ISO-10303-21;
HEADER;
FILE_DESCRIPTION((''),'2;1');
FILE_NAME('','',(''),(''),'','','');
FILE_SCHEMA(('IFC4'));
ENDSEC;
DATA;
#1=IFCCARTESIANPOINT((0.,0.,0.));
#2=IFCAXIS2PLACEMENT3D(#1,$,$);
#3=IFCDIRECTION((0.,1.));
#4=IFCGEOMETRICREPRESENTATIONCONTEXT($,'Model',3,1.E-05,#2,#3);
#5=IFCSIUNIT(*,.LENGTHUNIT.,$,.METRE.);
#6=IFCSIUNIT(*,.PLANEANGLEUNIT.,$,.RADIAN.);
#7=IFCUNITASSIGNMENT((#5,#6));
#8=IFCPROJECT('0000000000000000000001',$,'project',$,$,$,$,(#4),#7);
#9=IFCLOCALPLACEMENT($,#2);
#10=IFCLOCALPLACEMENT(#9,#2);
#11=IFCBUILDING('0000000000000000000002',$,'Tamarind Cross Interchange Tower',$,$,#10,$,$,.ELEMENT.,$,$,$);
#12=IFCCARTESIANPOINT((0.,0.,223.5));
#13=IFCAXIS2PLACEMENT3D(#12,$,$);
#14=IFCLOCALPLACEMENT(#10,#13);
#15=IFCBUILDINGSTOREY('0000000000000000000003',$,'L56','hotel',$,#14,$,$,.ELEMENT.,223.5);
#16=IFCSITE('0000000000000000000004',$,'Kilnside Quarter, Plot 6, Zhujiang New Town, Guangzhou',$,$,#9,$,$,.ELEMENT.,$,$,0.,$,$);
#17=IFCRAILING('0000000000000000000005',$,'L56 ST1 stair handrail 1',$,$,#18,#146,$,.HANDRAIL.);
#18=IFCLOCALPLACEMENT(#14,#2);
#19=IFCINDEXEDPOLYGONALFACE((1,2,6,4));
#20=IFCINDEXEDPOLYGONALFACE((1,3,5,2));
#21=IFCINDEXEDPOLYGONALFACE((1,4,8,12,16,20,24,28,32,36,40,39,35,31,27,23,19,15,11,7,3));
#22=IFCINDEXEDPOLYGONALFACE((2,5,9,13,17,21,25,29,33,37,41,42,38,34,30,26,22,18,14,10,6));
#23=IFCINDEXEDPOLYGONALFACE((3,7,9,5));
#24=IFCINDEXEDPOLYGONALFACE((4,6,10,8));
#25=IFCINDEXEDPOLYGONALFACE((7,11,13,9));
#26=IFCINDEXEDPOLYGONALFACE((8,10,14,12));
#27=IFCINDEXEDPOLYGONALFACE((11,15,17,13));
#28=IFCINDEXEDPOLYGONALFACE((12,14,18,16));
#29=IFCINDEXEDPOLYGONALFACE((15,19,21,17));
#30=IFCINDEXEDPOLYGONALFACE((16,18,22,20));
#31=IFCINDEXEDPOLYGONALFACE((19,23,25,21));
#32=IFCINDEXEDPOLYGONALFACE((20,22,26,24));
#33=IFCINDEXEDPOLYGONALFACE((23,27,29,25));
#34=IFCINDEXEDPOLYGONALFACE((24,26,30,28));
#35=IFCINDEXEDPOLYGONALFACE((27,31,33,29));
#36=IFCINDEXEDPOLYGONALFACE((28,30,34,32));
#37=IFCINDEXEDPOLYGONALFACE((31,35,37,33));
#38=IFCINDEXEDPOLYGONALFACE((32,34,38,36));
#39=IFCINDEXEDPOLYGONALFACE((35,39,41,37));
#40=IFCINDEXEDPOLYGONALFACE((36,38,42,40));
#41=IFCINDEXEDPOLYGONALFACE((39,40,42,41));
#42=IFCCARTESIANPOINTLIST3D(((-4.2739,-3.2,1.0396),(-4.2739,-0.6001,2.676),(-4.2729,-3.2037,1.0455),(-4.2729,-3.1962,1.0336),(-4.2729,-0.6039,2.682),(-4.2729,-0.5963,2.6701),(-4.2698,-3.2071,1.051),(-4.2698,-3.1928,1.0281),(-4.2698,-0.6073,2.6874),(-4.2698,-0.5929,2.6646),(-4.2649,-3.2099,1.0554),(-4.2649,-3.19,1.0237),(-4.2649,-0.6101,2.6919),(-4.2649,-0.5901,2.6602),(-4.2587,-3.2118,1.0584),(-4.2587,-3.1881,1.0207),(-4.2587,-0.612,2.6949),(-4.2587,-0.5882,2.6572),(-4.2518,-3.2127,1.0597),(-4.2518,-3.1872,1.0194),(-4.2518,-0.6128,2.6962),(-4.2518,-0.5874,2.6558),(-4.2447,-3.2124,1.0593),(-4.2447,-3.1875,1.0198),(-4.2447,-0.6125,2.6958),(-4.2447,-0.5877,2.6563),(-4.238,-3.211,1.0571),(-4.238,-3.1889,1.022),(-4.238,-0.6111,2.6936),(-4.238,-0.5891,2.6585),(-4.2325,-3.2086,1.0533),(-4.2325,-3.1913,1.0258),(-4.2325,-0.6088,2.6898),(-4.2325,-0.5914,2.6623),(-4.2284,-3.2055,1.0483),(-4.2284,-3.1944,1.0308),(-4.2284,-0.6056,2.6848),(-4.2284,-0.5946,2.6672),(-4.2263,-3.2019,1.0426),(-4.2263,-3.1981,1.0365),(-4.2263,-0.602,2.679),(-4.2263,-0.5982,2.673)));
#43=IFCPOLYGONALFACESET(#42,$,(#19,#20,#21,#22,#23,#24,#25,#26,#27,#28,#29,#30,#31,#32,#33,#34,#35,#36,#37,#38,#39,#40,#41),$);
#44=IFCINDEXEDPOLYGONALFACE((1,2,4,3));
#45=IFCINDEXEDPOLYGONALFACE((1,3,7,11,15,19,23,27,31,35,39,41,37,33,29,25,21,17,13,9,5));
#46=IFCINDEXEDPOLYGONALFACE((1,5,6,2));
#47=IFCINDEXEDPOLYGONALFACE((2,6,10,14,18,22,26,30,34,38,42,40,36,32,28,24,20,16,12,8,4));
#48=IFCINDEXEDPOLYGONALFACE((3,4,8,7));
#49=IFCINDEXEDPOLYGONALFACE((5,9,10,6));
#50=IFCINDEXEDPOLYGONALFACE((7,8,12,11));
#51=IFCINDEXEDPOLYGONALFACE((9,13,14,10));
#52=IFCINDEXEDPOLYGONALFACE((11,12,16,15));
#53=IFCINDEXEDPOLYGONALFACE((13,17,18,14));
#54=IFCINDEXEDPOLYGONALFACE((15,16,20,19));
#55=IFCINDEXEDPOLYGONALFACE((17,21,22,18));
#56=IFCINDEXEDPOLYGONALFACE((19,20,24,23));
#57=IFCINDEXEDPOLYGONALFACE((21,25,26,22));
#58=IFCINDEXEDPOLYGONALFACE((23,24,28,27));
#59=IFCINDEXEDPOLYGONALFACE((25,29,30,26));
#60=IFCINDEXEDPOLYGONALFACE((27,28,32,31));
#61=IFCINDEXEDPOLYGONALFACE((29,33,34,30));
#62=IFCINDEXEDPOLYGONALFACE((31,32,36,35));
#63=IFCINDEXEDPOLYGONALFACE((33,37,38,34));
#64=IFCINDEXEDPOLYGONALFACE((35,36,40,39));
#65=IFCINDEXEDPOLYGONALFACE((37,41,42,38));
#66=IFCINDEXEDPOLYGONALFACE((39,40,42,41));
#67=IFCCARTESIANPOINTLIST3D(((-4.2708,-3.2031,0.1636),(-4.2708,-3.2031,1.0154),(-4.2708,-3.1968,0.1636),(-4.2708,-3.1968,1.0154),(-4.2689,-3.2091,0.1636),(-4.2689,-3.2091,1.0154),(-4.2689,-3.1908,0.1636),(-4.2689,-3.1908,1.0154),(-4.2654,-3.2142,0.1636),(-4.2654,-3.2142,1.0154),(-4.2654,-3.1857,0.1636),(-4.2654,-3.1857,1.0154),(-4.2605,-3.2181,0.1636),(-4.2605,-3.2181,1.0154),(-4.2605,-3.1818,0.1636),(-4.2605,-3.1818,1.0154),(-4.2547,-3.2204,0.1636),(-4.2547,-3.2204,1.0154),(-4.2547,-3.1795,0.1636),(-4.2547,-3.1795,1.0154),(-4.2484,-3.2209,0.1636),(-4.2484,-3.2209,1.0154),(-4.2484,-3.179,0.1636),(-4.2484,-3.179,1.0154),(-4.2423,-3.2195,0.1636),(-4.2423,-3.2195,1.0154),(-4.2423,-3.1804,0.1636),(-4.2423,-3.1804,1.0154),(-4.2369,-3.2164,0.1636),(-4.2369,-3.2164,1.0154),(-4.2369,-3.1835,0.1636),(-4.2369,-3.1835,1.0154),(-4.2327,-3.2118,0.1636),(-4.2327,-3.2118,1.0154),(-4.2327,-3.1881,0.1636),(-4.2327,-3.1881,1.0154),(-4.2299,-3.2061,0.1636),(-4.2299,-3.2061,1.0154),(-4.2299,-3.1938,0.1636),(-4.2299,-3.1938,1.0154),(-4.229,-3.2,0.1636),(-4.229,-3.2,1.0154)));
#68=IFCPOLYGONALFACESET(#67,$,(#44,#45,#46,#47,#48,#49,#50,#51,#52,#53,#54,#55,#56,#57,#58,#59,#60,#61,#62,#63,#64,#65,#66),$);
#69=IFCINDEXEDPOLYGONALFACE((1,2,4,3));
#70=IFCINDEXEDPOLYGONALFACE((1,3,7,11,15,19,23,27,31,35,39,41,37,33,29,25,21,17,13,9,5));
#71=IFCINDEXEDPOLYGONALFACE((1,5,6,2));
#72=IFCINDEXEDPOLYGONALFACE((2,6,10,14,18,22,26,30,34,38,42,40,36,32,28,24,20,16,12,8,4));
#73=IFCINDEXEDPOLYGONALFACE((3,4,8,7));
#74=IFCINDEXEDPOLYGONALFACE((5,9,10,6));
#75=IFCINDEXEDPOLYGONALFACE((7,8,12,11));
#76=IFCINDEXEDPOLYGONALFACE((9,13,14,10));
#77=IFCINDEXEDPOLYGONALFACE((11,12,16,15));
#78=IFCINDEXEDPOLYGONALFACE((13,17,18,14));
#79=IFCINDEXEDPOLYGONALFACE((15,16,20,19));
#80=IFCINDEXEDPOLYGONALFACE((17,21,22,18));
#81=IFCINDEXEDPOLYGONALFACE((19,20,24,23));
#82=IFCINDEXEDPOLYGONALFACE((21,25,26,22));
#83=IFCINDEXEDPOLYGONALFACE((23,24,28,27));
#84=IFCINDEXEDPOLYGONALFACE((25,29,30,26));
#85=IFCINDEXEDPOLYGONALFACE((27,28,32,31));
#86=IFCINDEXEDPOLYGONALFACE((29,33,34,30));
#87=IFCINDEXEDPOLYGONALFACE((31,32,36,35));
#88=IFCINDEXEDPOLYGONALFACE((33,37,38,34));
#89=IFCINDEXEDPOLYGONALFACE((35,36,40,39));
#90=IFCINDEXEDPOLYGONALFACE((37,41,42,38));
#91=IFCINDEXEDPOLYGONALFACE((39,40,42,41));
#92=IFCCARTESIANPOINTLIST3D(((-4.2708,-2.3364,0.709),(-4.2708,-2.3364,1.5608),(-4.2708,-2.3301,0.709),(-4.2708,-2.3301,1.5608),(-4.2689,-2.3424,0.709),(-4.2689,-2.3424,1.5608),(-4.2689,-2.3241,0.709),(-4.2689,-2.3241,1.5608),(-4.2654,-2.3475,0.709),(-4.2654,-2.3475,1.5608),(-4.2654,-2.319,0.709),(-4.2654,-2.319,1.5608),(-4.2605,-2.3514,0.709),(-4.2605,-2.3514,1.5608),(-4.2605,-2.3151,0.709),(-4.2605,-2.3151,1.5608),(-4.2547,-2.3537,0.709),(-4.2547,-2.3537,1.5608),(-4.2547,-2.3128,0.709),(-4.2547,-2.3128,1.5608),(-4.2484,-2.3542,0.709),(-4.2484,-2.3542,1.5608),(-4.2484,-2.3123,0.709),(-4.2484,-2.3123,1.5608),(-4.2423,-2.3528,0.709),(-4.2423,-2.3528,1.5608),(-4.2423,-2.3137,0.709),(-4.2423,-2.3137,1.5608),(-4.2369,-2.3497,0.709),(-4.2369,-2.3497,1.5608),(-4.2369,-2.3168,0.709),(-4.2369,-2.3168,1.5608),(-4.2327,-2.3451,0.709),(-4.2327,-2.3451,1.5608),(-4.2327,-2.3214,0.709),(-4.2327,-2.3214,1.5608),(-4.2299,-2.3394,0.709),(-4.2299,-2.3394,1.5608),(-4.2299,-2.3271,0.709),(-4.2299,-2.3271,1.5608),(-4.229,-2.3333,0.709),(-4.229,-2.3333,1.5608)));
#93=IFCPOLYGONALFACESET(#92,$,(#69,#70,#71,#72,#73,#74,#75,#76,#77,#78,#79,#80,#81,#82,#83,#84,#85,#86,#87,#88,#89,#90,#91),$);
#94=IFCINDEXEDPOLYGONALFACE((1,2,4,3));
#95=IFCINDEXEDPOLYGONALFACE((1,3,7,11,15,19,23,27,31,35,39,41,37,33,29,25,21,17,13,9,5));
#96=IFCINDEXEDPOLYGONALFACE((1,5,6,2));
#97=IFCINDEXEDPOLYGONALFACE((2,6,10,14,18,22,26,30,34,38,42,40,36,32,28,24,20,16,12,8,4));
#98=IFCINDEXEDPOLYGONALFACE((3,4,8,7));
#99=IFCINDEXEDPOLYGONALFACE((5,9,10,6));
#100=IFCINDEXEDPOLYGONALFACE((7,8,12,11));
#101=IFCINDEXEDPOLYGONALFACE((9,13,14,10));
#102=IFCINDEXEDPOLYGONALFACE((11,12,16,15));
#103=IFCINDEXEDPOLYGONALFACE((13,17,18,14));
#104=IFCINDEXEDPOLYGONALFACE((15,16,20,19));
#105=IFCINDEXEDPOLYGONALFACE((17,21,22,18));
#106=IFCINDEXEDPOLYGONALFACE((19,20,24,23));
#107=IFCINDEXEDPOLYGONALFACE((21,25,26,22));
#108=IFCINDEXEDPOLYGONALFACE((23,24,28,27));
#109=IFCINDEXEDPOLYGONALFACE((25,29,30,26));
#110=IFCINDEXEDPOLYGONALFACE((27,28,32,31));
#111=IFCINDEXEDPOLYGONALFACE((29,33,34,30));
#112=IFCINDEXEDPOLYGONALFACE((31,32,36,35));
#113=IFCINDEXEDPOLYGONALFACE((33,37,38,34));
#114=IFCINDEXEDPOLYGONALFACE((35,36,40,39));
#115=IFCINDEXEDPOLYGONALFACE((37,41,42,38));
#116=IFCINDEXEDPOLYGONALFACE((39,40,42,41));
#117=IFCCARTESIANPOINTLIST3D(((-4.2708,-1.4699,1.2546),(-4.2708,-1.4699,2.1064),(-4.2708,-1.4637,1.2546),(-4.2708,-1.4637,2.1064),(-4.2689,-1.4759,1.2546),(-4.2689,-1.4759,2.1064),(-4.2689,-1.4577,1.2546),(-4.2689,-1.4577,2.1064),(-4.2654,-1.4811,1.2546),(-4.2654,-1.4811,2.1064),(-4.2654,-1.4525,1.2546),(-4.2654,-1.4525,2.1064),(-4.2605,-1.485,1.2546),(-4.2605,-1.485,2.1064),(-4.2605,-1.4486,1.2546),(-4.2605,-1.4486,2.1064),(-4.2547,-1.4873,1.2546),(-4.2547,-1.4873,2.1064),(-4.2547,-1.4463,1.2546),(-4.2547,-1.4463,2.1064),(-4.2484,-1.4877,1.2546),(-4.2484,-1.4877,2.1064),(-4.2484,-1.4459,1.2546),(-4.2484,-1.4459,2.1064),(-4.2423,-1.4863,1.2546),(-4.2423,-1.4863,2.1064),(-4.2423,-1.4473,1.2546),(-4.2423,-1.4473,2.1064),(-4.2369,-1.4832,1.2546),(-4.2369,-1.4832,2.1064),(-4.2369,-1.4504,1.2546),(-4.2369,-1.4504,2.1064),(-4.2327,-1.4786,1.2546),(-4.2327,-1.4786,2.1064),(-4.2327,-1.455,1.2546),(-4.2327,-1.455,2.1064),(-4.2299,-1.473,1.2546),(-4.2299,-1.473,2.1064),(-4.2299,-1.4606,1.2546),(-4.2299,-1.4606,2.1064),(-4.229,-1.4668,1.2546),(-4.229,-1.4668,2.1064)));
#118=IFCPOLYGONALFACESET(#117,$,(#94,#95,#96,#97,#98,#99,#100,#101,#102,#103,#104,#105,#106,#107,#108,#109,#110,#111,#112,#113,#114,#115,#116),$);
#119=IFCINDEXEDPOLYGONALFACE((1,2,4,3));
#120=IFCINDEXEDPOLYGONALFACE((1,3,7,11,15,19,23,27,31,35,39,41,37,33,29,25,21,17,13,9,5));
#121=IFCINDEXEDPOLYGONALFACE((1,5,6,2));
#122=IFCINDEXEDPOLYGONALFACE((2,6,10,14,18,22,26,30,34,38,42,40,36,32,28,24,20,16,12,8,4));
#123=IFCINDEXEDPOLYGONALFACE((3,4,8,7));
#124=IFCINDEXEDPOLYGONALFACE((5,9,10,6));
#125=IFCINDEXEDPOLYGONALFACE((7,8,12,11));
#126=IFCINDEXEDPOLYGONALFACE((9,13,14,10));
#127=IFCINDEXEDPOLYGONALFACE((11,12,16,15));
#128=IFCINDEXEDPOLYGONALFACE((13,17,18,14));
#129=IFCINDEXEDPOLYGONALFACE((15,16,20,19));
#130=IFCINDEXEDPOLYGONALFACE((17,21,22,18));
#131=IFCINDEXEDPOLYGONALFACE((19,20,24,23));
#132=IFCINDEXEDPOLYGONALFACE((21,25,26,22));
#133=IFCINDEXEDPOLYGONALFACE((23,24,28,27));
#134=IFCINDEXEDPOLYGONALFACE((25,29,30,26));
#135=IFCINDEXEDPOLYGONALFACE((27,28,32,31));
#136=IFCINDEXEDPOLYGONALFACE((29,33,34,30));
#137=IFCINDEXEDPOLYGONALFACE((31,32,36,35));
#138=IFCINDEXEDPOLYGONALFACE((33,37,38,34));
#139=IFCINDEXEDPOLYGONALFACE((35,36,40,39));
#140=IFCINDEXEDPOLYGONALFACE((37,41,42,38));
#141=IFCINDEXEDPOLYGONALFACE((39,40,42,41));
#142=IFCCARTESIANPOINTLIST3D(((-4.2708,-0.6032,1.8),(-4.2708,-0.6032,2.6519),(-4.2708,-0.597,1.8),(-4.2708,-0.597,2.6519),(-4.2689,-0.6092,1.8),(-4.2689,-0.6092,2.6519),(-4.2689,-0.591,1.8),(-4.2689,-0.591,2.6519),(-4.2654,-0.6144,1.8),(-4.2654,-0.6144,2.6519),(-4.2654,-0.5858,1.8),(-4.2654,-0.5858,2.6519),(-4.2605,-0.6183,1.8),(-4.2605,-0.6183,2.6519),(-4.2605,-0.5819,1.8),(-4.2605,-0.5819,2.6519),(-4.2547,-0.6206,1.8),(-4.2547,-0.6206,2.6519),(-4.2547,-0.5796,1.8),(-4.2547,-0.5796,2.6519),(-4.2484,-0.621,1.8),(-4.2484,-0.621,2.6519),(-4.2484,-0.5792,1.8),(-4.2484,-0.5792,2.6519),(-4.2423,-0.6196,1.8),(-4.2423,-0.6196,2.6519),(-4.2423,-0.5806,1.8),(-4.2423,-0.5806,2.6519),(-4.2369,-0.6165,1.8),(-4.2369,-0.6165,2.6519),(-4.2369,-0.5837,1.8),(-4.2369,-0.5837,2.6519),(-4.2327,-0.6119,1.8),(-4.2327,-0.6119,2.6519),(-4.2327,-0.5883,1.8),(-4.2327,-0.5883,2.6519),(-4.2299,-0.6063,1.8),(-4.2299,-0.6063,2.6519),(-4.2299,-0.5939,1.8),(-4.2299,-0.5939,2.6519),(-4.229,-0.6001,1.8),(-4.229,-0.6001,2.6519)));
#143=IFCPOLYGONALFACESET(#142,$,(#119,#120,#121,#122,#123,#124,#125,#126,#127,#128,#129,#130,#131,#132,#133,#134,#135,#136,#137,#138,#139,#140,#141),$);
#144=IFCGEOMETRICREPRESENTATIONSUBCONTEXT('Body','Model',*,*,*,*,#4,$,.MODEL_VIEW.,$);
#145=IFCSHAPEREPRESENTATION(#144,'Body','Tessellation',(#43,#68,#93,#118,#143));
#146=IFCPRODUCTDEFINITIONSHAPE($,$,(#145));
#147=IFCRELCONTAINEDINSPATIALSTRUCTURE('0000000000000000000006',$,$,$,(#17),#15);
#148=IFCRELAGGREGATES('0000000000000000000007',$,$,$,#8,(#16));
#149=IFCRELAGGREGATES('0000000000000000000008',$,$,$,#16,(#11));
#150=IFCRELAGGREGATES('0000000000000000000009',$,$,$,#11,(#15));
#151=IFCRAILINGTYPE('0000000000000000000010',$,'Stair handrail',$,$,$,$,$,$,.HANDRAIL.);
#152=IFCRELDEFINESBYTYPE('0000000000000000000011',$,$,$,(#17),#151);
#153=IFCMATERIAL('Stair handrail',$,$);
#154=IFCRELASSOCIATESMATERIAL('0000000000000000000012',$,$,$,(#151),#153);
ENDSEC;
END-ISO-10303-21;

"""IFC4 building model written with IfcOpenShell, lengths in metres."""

from ifc_helpers import new_model, si_unit, direction, frame, origin, origin_2d, place, context, subcontext, project, spatial, circle, extrude, material, type_object, element, save


model = new_model("IFC4")

# Units and contexts
model_context = context("Model", 3, precision=1e-05, world=origin(), true_north=direction((0.0, 1.0)))
body_context = subcontext(model_context, "Body", "Model", "MODEL_VIEW")
ifc_project = project(units=[si_unit("LENGTHUNIT", "METRE"), si_unit("PLANEANGLEUNIT", "RADIAN")], contexts=[model_context])

# Site, building, storey
site_placement = place(None, origin())
site = spatial("IfcSite", under=ifc_project, at=site_placement, Name="Kilnside Quarter, Plot 6, Zhujiang New Town, Guangzhou", CompositionType="ELEMENT", RefElevation=0.0)
building_placement = place(site_placement, origin())
building = spatial("IfcBuilding", under=site, at=building_placement, Name="Tamarind Cross Interchange Tower", CompositionType="ELEMENT")
storey_placement = place(building_placement, frame((0.0, 0.0, 223.5)))
storey = spatial("IfcBuildingStorey", under=building, at=storey_placement, Name="L56", Description="hotel", CompositionType="ELEMENT", Elevation=223.5)

# Railing
ifc_material_1 = material(Name="Stair handrail")
railing_type_1 = type_object("IfcRailingType", Name="Stair handrail", PredefinedType="HANDRAIL", material=ifc_material_1)
railing_1_placement = place(storey_placement, frame((-4.25, -3.2, 0.1636)))
element("IfcRailing", 1, at=railing_1_placement, inside=storey, type_object=railing_type_1, Name="L56 ST1 stair handrail 1", PredefinedType="HANDRAIL", context=body_context, shape_type="SweptSolid", body=[
    extrude(circle(Radius=0.0239, at=origin_2d()), frame((0.0, 0.0, 0.876), z_axis=(0.0, 0.846302, 0.532704), x_axis=(-1.0, 0.0, 0.0)), (0.0, 0.0, 1.0), 3.072),
    extrude(circle(Radius=0.021, at=origin_2d()), origin(), (0.0, 0.0, 1.0), 0.8518),
    extrude(circle(Radius=0.021, at=origin_2d()), frame((0.0, 0.8667, 0.5454)), (0.0, 0.0, 1.0), 0.8518),
    extrude(circle(Radius=0.021, at=origin_2d()), frame((0.0, 1.7332, 1.0911)), (0.0, 0.0, 1.0), 0.8518),
    extrude(circle(Radius=0.021, at=origin_2d()), frame((0.0, 2.5999, 1.6365)), (0.0, 0.0, 1.0), 0.8518),
])

save(model, "model.ifc")
